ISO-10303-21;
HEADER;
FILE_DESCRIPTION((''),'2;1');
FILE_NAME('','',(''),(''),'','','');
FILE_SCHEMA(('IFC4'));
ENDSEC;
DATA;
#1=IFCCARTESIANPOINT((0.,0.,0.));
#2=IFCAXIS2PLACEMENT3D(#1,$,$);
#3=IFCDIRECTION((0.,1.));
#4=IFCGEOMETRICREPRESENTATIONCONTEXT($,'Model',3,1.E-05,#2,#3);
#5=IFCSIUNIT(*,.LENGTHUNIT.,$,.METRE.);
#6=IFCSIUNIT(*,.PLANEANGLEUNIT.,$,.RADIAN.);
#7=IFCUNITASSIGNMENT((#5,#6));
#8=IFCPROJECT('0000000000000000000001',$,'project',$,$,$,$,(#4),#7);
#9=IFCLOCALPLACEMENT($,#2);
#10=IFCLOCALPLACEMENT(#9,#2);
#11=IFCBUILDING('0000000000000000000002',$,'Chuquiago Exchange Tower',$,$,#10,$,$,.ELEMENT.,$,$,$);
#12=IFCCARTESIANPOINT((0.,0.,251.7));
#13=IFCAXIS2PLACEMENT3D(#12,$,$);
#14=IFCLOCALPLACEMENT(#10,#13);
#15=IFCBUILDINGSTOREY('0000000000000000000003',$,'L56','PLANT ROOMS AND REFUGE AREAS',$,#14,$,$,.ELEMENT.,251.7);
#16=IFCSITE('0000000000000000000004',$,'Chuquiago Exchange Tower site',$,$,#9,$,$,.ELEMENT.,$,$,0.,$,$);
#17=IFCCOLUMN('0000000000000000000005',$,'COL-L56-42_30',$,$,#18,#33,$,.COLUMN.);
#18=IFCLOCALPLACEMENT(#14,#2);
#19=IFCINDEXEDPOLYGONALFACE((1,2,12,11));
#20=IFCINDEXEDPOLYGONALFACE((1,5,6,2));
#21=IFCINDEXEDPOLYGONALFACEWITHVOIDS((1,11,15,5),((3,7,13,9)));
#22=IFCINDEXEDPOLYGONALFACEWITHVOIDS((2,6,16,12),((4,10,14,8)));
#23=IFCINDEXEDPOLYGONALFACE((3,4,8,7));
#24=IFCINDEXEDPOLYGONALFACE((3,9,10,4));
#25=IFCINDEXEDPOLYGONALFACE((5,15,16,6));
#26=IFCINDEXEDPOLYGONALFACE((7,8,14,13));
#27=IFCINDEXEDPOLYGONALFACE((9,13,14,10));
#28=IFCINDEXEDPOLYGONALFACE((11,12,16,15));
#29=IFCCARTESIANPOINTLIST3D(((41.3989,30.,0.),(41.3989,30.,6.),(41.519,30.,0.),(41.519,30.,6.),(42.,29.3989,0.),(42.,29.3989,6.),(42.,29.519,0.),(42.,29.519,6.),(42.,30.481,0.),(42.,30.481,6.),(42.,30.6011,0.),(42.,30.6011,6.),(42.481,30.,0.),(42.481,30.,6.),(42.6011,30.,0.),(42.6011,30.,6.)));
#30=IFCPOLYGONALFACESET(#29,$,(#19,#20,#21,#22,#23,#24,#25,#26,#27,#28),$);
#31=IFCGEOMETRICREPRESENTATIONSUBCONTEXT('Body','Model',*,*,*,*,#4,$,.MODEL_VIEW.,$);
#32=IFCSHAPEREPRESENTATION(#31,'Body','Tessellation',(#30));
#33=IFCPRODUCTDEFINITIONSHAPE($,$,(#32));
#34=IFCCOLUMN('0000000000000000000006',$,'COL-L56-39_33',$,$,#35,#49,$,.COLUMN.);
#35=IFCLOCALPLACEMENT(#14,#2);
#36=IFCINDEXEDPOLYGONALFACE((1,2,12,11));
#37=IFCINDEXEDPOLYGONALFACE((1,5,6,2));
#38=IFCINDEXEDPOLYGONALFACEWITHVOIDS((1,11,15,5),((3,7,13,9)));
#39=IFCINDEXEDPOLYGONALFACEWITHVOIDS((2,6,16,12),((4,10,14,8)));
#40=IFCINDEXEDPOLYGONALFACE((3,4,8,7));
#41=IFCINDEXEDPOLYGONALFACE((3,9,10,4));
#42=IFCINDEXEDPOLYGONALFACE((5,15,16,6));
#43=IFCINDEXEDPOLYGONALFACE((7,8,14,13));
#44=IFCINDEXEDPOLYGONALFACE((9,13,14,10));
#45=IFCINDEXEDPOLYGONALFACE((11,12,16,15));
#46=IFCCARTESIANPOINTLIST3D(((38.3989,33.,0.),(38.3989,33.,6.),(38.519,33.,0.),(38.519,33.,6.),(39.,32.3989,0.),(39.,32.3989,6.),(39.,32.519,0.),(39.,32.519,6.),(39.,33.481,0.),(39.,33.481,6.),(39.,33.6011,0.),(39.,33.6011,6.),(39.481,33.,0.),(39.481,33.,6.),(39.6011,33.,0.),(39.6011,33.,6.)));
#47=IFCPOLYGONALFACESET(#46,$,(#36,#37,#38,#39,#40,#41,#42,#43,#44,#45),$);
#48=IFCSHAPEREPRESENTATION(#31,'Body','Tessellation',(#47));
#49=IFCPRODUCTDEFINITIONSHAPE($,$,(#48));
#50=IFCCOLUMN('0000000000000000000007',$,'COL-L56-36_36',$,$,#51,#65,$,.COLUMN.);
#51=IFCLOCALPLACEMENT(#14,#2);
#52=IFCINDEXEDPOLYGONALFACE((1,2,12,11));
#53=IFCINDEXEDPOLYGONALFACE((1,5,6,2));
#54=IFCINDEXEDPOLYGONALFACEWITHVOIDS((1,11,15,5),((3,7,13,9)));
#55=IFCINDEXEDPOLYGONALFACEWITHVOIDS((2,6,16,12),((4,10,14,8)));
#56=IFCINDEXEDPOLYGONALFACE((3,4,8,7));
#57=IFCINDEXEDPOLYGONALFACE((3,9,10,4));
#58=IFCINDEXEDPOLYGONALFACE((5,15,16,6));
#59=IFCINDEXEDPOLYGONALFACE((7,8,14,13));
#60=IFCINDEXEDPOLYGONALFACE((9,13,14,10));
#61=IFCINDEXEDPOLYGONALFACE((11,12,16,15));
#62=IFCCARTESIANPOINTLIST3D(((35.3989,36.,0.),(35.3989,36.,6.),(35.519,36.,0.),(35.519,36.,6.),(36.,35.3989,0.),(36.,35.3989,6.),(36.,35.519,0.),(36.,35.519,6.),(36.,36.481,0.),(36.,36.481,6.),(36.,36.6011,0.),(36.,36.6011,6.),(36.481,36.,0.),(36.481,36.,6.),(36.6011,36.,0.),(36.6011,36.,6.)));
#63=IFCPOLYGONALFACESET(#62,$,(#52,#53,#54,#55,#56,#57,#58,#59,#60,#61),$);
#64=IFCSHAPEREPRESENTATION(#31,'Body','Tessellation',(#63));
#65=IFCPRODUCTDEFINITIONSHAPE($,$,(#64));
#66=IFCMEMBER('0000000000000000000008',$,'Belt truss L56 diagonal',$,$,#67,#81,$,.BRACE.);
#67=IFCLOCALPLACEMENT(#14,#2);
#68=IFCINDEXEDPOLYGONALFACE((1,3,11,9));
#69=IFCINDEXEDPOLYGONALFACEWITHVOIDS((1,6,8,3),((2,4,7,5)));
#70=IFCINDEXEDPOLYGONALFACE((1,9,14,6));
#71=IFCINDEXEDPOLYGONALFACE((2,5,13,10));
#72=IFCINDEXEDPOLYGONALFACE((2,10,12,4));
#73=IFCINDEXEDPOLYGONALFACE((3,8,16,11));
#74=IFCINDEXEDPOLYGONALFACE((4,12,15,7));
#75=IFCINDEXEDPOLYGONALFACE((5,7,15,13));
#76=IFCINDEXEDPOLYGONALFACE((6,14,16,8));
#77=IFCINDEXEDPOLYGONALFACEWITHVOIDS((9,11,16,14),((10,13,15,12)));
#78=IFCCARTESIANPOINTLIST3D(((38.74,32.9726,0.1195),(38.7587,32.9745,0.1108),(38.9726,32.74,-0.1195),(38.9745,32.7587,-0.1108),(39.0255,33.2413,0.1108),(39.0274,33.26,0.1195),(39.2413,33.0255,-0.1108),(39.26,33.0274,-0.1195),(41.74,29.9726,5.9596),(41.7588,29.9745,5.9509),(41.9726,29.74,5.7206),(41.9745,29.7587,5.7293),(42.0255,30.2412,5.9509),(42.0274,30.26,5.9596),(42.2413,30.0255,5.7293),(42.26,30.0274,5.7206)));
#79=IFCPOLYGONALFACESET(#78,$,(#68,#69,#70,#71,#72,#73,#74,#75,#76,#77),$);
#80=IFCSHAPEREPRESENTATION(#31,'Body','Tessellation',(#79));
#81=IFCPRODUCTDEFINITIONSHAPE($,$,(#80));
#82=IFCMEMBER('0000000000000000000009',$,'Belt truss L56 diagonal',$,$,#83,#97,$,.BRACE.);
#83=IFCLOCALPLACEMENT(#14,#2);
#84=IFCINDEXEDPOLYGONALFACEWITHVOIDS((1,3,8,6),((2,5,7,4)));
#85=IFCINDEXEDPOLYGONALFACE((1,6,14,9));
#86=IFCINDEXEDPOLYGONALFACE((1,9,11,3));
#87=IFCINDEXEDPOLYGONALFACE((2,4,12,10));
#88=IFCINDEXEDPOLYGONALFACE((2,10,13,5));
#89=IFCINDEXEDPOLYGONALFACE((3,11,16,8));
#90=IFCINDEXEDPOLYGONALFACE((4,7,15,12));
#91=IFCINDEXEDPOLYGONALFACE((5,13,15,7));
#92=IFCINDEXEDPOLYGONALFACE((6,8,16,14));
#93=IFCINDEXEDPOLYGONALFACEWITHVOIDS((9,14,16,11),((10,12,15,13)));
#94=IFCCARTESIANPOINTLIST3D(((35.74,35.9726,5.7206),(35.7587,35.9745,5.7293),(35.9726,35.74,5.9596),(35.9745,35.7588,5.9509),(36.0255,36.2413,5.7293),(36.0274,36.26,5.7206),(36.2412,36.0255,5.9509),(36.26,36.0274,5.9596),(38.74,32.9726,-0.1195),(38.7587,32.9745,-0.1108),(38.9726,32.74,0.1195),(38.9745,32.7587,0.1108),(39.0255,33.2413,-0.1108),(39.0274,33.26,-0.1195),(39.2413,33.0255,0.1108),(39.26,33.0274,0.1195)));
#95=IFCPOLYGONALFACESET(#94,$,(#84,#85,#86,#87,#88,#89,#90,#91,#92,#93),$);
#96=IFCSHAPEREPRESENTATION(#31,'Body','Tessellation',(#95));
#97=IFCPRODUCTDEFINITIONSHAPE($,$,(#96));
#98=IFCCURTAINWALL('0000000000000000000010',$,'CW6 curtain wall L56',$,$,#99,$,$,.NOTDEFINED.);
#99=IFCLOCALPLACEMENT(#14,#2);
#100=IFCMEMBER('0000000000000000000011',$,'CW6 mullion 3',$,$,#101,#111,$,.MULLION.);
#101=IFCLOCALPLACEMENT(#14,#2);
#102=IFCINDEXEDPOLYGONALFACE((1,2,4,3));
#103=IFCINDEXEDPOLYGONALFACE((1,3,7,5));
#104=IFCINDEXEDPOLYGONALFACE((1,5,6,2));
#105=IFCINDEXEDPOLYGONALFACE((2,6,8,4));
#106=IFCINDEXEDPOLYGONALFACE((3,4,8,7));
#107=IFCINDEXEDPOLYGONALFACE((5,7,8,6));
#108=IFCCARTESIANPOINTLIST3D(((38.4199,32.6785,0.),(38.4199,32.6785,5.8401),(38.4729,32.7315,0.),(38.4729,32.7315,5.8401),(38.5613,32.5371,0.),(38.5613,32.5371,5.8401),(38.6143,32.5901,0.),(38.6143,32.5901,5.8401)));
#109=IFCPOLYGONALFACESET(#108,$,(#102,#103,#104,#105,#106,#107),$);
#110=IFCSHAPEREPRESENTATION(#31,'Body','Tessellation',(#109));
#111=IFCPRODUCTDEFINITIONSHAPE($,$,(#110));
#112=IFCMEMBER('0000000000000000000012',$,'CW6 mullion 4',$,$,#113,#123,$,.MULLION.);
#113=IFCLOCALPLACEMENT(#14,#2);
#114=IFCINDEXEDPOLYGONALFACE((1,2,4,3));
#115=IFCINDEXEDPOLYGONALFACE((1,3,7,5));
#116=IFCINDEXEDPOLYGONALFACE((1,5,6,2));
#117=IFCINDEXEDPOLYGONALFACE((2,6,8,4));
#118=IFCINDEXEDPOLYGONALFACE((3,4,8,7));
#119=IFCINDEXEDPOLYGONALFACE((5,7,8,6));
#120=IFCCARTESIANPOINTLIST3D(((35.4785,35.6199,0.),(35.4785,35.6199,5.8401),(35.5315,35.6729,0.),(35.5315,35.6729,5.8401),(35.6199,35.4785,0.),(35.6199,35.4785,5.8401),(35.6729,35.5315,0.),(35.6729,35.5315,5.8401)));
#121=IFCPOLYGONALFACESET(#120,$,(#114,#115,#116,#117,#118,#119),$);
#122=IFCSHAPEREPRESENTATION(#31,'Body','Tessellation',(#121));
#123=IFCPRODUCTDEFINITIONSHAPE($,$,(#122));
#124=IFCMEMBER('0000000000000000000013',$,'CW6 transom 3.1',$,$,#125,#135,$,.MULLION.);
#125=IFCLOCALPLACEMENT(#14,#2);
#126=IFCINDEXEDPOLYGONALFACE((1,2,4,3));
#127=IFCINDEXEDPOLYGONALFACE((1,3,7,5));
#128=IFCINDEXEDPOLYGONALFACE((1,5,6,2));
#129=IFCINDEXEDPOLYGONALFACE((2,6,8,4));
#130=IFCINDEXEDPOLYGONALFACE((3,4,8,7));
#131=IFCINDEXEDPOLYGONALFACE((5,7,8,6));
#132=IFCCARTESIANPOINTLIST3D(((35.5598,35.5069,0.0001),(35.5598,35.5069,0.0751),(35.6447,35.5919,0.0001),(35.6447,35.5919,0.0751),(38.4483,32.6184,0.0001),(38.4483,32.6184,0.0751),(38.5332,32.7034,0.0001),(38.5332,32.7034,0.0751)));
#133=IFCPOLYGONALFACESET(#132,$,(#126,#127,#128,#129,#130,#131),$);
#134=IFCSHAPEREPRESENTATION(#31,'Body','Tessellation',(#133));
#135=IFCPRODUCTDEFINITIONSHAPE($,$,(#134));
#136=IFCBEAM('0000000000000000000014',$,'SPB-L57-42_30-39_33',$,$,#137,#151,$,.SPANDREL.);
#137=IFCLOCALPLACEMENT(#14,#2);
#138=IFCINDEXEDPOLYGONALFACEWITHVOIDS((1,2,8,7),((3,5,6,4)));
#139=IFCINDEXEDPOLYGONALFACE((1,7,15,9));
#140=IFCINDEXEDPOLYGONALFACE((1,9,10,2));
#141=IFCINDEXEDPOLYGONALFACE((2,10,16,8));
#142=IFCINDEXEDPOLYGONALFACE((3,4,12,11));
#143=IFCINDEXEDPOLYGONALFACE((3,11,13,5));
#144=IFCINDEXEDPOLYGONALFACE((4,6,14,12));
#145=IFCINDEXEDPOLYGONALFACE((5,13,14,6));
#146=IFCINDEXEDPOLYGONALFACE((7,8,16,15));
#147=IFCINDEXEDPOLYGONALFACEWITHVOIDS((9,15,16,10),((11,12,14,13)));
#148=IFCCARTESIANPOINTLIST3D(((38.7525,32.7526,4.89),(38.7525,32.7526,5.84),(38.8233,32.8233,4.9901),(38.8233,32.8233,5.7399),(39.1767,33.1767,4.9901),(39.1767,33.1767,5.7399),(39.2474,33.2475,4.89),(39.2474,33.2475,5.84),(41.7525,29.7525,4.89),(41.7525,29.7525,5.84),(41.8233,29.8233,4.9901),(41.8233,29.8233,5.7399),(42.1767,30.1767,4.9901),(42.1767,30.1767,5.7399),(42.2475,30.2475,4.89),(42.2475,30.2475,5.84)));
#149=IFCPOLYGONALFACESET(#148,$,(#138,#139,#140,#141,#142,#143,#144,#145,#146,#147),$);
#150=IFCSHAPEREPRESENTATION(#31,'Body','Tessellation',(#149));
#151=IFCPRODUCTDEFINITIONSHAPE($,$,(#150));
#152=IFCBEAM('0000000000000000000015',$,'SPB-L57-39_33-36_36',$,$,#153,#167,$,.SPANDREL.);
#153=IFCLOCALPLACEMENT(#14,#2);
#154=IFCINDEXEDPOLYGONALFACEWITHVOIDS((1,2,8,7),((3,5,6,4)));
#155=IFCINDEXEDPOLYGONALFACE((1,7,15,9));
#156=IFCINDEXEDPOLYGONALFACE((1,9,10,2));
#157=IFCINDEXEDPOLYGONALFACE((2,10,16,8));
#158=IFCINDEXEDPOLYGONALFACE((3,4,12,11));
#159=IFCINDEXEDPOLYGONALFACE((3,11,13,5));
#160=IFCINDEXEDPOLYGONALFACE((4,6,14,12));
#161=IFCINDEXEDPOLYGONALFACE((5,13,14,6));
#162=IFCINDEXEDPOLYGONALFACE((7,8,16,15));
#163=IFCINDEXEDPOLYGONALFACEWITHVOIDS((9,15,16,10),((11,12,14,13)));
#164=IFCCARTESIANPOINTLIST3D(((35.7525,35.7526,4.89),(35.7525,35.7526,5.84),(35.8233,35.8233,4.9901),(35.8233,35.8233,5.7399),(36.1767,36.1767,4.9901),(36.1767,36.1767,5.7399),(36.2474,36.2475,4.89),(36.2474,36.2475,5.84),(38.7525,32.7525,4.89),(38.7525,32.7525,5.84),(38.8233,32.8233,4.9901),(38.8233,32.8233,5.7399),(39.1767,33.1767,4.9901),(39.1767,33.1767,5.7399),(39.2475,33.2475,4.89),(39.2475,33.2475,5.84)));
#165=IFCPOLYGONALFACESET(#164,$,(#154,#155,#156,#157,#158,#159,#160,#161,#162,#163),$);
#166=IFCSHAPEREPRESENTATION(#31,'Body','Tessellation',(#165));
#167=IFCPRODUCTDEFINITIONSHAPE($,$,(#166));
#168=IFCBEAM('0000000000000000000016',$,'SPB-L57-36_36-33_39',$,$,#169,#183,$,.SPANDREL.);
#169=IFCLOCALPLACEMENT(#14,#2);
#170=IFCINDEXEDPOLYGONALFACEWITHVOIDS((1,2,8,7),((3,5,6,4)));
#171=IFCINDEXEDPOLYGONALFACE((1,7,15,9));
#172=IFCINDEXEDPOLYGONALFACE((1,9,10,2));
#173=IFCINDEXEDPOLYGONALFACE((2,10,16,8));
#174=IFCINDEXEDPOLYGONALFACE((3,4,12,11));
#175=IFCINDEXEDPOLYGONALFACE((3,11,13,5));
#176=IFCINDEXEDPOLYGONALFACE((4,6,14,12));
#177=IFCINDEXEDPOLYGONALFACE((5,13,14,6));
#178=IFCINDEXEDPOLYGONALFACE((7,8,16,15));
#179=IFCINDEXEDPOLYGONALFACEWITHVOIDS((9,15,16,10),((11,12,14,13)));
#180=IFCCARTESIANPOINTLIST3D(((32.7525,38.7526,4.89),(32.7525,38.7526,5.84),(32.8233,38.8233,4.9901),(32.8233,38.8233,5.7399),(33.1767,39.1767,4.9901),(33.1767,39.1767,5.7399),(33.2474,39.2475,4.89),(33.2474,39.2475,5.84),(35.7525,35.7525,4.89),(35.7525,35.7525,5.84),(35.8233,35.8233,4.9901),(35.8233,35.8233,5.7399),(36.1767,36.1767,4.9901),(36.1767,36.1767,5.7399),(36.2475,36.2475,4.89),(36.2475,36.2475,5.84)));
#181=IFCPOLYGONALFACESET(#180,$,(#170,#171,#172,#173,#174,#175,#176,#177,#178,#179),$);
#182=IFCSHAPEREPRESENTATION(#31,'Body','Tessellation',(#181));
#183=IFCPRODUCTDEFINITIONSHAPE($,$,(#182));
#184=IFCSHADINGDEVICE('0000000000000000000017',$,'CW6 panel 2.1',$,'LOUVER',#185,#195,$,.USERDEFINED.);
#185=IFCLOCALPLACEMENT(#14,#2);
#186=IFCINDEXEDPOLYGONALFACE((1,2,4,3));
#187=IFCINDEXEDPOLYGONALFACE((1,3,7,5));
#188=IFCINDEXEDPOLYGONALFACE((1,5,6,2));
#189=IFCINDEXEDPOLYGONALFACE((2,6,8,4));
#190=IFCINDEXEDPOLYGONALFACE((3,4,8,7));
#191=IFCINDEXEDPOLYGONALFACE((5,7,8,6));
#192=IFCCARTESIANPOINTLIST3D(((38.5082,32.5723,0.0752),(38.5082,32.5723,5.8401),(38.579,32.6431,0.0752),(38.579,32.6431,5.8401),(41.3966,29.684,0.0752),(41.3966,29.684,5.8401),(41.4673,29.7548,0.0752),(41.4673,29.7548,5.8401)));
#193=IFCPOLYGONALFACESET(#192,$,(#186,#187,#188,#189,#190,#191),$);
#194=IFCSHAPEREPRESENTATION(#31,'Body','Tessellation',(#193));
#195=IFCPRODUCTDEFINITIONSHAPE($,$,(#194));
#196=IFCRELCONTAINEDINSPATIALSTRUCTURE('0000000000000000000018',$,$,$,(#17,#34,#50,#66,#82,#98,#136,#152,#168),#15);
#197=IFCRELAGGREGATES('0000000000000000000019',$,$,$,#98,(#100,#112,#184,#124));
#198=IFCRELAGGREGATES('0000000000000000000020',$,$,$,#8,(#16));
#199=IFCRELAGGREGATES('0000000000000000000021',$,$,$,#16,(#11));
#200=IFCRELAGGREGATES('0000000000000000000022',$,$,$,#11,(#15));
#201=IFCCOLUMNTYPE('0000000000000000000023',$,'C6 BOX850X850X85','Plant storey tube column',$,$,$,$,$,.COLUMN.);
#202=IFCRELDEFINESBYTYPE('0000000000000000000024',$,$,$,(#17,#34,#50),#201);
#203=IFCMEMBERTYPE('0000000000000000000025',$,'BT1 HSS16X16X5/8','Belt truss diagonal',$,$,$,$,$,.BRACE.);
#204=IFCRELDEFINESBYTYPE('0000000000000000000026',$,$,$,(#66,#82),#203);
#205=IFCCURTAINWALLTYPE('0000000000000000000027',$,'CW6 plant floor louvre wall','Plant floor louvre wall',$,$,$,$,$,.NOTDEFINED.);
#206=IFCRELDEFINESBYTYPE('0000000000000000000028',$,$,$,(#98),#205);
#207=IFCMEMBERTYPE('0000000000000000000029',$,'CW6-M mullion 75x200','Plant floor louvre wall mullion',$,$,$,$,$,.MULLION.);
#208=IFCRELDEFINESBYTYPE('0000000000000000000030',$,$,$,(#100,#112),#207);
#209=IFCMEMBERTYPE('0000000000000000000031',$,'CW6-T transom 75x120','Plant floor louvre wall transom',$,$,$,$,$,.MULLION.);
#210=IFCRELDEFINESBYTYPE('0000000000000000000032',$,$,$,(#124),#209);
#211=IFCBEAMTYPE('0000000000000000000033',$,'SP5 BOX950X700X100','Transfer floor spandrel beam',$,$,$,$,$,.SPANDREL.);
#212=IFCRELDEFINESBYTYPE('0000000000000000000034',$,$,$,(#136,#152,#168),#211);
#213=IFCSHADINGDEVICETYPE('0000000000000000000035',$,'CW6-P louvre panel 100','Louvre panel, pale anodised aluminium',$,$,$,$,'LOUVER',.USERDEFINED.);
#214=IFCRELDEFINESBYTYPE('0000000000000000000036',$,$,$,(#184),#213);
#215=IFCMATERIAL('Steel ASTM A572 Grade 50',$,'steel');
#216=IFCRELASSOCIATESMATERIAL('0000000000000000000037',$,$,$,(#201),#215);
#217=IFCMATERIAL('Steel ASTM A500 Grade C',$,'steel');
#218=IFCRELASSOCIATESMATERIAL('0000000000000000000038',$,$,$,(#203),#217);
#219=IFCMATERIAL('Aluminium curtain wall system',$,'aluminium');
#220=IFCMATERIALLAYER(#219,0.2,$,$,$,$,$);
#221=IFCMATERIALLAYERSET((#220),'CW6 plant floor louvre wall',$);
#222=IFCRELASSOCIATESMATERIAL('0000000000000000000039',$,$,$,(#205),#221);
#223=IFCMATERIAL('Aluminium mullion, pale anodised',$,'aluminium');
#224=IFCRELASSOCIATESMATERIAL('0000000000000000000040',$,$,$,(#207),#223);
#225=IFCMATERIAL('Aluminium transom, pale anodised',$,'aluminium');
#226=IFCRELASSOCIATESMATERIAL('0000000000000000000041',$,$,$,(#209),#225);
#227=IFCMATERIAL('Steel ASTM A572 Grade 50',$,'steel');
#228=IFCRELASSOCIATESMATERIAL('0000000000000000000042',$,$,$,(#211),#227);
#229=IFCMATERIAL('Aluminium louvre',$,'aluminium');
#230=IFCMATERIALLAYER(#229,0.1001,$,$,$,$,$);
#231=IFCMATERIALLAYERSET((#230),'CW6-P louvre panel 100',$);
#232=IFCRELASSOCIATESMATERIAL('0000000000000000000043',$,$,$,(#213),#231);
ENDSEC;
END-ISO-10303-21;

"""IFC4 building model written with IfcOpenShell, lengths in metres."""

from ifc_helpers import new_model, si_unit, direction, frame, origin, origin_2d, place, context, subcontext, project, spatial, rectangle, hollow_rectangle, extrude, material, layer, layer_set, material_profile, profile_set, type_object, element, aggregate, save


model = new_model("IFC4")

# Units and contexts
model_context = context("Model", 3, precision=1e-05, world=origin(), true_north=direction((0.0, 1.0)))
body_context = subcontext(model_context, "Body", "Model", "MODEL_VIEW")
ifc_project = project(units=[si_unit("LENGTHUNIT", "METRE"), si_unit("PLANEANGLEUNIT", "RADIAN")], contexts=[model_context])

# Site, building, storey
site_placement = place(None, origin())
site = spatial("IfcSite", under=ifc_project, at=site_placement, Name="Chuquiago Exchange Tower site", CompositionType="ELEMENT", RefElevation=0.0)
building_placement = place(site_placement, origin())
building = spatial("IfcBuilding", under=site, at=building_placement, Name="Chuquiago Exchange Tower", CompositionType="ELEMENT")
storey_placement = place(building_placement, frame((0.0, 0.0, 251.7)))
storey = spatial("IfcBuildingStorey", under=building, at=storey_placement, Name="L56", Description="PLANT ROOMS AND REFUGE AREAS", CompositionType="ELEMENT", Elevation=251.7)

# Columns
ifc_material_1 = material(Name="Steel ASTM A572 Grade 50", Category="steel")
ifc_material_profile_1 = material_profile(ifc_material_1, hollow_rectangle(XDim=0.8501, YDim=0.8501, WallThickness=0.085, at=origin_2d()), Name="BOX850X850X85")
ifc_profile_set_1 = profile_set([ifc_material_profile_1], Name="Steel ASTM A572 Grade 50")
column_type = type_object("IfcColumnType", Name="C6 BOX850X850X85", Description="Plant storey tube column", PredefinedType="COLUMN", material=ifc_profile_set_1)
for number, where, z_axis, x_axis, name in (
    (1, (42.0, 30.0, 0.0), (0.0, 0.0, 1.0), (0.707107, 0.707107, 0.0), "COL-L56-42_30"),
    (2, (39.0, 33.0, 0.0), (0.0, 0.0, 1.0), (0.707107, 0.707107, 0.0), "COL-L56-39_33"),
    (3, (36.0, 36.0, 0.0), (0.0, 0.0, 1.0), (0.707107, 0.707107, 0.0), "COL-L56-36_36"),
):
    element("IfcColumn", number, at=place(storey_placement, frame(where, z_axis=z_axis, x_axis=x_axis)), inside=storey, type_object=column_type, Name=name, PredefinedType="COLUMN", context=body_context, shape_type="SweptSolid", body=[
        extrude(hollow_rectangle(XDim=0.8501, YDim=0.8501, WallThickness=0.085, at=origin_2d()), origin(), (0.0, 0.0, 1.0), 6.0),
    ])

# Members
ifc_material_2 = material(Name="Steel ASTM A500 Grade C", Category="steel")
ifc_material_profile_2 = material_profile(ifc_material_2, hollow_rectangle(XDim=0.4065, YDim=0.4065, WallThickness=0.0146, at=origin_2d()), Name="HSS16X16X5/8")
ifc_profile_set_2 = profile_set([ifc_material_profile_2], Name="Steel ASTM A500 Grade C")
member_type_1 = type_object("IfcMemberType", Name="BT1 HSS16X16X5/8", Description="Belt truss diagonal", PredefinedType="BRACE", material=ifc_profile_set_2)
for number, where, z_axis, x_axis, name in (
    (4, (39.0, 33.0, 0.0), (0.415599, -0.415599, 0.809045), (0.707107, 0.707107, 0.0), "Belt truss L56 diagonal"),
    (5, (39.0, 33.0, 0.0), (-0.415599, 0.415599, 0.809045), (-0.707107, -0.707107, 0.0), "Belt truss L56 diagonal"),
):
    element("IfcMember", number, at=place(storey_placement, frame(where, z_axis=z_axis, x_axis=x_axis)), inside=storey, type_object=member_type_1, Name=name, PredefinedType="BRACE", context=body_context, shape_type="SweptSolid", body=[
        extrude(hollow_rectangle(XDim=0.4065, YDim=0.4065, WallThickness=0.0146, at=origin_2d()), origin(), (0.0, 0.0, 1.0), 7.2185),
    ])

# Curtain wall, members
ifc_material_3 = material(Name="Aluminium curtain wall system", Category="aluminium")
ifc_layer_1 = layer(ifc_material_3, 0.2)
ifc_layer_set_1 = layer_set([ifc_layer_1], Name="CW6 plant floor louvre wall")
curtain_wall_type = type_object("IfcCurtainWallType", Name="CW6 plant floor louvre wall", Description="Plant floor louvre wall", PredefinedType="NOTDEFINED", material=ifc_layer_set_1)
curtain_wall_placement = place(storey_placement, origin())
curtain_wall = element("IfcCurtainWall", 6, at=curtain_wall_placement, inside=storey, type_object=curtain_wall_type, Name="CW6 curtain wall L56", PredefinedType="NOTDEFINED")
ifc_material_4 = material(Name="Aluminium mullion, pale anodised", Category="aluminium")
ifc_material_profile_3 = material_profile(ifc_material_4, rectangle(XDim=0.075, YDim=0.2, at=origin_2d()), Name="AL 75x200")
ifc_profile_set_3 = profile_set([ifc_material_profile_3], Name="Aluminium mullion, pale anodised")
member_type_2 = type_object("IfcMemberType", Name="CW6-M mullion 75x200", Description="Plant floor louvre wall mullion", PredefinedType="MULLION", material=ifc_profile_set_3)
member_1_placement = place(storey_placement, frame((38.5171, 32.6343, 0.0), z_axis=(0.0, 0.0, 1.0), x_axis=(-0.707107, -0.707107, 0.0)))
member_1 = element("IfcMember", 7, at=member_1_placement, type_object=member_type_2, Name="CW6 mullion 3", PredefinedType="MULLION", context=body_context, shape_type="SweptSolid", body=[
    extrude(rectangle(XDim=0.075, YDim=0.2, at=origin_2d()), origin(), (0.0, 0.0, 1.0), 5.8401),
])
member_2_placement = place(storey_placement, frame((35.5757, 35.5757, 0.0), z_axis=(0.0, 0.0, 1.0), x_axis=(-0.707107, -0.707107, 0.0)))
member_2 = element("IfcMember", 8, at=member_2_placement, type_object=member_type_2, Name="CW6 mullion 4", PredefinedType="MULLION", context=body_context, shape_type="SweptSolid", body=[
    extrude(rectangle(XDim=0.075, YDim=0.2, at=origin_2d()), origin(), (0.0, 0.0, 1.0), 5.8401),
])
ifc_material_5 = material(Name="Aluminium transom, pale anodised", Category="aluminium")
ifc_material_profile_4 = material_profile(ifc_material_5, rectangle(XDim=0.1201, YDim=0.075, at=origin_2d()), Name="AL 120x75")
ifc_profile_set_4 = profile_set([ifc_material_profile_4], Name="Aluminium transom, pale anodised")
member_type_3 = type_object("IfcMemberType", Name="CW6-T transom 75x120", Description="Plant floor louvre wall transom", PredefinedType="MULLION", material=ifc_profile_set_4)
member_3_placement = place(storey_placement, frame((38.4907, 32.6609, 0.0376), z_axis=(-0.707107, 0.707107, 0.0), x_axis=(-0.707107, -0.707107, 0.0)))
member_3 = element("IfcMember", 9, at=member_3_placement, type_object=member_type_3, Name="CW6 transom 3.1", PredefinedType="MULLION", context=body_context, shape_type="SweptSolid", body=[
    extrude(rectangle(XDim=0.1201, YDim=0.075, at=origin_2d()), origin(), (0.0, 0.0, 1.0), 4.085),
])

# Beams
ifc_material_6 = material(Name="Steel ASTM A572 Grade 50", Category="steel")
ifc_material_profile_5 = material_profile(ifc_material_6, hollow_rectangle(XDim=0.7, YDim=0.95, WallThickness=0.1001, at=origin_2d()), Name="BOX950X700X100")
ifc_profile_set_5 = profile_set([ifc_material_profile_5], Name="Steel ASTM A572 Grade 50")
beam_type = type_object("IfcBeamType", Name="SP5 BOX950X700X100", Description="Transfer floor spandrel beam", PredefinedType="SPANDREL", material=ifc_profile_set_5)
for number, where, z_axis, x_axis, name in (
    (10, (42.0, 30.0, 5.365), (-0.707107, 0.707107, 0.0), (-0.707107, -0.707107, 0.0), "SPB-L57-42_30-39_33"),
    (11, (39.0, 33.0, 5.365), (-0.707107, 0.707107, 0.0), (-0.707107, -0.707107, 0.0), "SPB-L57-39_33-36_36"),
    (12, (36.0, 36.0, 5.365), (-0.707107, 0.707107, 0.0), (-0.707107, -0.707107, 0.0), "SPB-L57-36_36-33_39"),
):
    element("IfcBeam", number, at=place(storey_placement, frame(where, z_axis=z_axis, x_axis=x_axis)), inside=storey, type_object=beam_type, Name=name, PredefinedType="SPANDREL", context=body_context, shape_type="SweptSolid", body=[
        extrude(hollow_rectangle(XDim=0.7, YDim=0.95, WallThickness=0.1001, at=origin_2d()), origin(), (0.0, 0.0, 1.0), 4.2427),
    ])

# Shading device
ifc_material_7 = material(Name="Aluminium louvre", Category="aluminium")
ifc_layer_2 = layer(ifc_material_7, 0.1001)
ifc_layer_set_2 = layer_set([ifc_layer_2], Name="CW6-P louvre panel 100")
shading_device_type = type_object("IfcShadingDeviceType", Name="CW6-P louvre panel 100", Description="Louvre panel, pale anodised aluminium", ElementType="LOUVER", PredefinedType="USERDEFINED", material=ifc_layer_set_2)
shading_device_1_placement = place(storey_placement, frame((39.9878, 31.1636, 0.0752), z_axis=(0.0, 0.0, 1.0), x_axis=(-0.707107, 0.707107, 0.0)))
shading_device_1 = element("IfcShadingDevice", 13, at=shading_device_1_placement, type_object=shading_device_type, Name="CW6 panel 2.1", ObjectType="LOUVER", PredefinedType="USERDEFINED", context=body_context, shape_type="SweptSolid", body=[
    extrude(rectangle(XDim=4.0847, YDim=0.1001, at=origin_2d()), origin(), (0.0, 0.0, 1.0), 5.7649),
])
aggregate(curtain_wall, [member_1, member_2, shading_device_1, member_3])

save(model, "model.ifc")
